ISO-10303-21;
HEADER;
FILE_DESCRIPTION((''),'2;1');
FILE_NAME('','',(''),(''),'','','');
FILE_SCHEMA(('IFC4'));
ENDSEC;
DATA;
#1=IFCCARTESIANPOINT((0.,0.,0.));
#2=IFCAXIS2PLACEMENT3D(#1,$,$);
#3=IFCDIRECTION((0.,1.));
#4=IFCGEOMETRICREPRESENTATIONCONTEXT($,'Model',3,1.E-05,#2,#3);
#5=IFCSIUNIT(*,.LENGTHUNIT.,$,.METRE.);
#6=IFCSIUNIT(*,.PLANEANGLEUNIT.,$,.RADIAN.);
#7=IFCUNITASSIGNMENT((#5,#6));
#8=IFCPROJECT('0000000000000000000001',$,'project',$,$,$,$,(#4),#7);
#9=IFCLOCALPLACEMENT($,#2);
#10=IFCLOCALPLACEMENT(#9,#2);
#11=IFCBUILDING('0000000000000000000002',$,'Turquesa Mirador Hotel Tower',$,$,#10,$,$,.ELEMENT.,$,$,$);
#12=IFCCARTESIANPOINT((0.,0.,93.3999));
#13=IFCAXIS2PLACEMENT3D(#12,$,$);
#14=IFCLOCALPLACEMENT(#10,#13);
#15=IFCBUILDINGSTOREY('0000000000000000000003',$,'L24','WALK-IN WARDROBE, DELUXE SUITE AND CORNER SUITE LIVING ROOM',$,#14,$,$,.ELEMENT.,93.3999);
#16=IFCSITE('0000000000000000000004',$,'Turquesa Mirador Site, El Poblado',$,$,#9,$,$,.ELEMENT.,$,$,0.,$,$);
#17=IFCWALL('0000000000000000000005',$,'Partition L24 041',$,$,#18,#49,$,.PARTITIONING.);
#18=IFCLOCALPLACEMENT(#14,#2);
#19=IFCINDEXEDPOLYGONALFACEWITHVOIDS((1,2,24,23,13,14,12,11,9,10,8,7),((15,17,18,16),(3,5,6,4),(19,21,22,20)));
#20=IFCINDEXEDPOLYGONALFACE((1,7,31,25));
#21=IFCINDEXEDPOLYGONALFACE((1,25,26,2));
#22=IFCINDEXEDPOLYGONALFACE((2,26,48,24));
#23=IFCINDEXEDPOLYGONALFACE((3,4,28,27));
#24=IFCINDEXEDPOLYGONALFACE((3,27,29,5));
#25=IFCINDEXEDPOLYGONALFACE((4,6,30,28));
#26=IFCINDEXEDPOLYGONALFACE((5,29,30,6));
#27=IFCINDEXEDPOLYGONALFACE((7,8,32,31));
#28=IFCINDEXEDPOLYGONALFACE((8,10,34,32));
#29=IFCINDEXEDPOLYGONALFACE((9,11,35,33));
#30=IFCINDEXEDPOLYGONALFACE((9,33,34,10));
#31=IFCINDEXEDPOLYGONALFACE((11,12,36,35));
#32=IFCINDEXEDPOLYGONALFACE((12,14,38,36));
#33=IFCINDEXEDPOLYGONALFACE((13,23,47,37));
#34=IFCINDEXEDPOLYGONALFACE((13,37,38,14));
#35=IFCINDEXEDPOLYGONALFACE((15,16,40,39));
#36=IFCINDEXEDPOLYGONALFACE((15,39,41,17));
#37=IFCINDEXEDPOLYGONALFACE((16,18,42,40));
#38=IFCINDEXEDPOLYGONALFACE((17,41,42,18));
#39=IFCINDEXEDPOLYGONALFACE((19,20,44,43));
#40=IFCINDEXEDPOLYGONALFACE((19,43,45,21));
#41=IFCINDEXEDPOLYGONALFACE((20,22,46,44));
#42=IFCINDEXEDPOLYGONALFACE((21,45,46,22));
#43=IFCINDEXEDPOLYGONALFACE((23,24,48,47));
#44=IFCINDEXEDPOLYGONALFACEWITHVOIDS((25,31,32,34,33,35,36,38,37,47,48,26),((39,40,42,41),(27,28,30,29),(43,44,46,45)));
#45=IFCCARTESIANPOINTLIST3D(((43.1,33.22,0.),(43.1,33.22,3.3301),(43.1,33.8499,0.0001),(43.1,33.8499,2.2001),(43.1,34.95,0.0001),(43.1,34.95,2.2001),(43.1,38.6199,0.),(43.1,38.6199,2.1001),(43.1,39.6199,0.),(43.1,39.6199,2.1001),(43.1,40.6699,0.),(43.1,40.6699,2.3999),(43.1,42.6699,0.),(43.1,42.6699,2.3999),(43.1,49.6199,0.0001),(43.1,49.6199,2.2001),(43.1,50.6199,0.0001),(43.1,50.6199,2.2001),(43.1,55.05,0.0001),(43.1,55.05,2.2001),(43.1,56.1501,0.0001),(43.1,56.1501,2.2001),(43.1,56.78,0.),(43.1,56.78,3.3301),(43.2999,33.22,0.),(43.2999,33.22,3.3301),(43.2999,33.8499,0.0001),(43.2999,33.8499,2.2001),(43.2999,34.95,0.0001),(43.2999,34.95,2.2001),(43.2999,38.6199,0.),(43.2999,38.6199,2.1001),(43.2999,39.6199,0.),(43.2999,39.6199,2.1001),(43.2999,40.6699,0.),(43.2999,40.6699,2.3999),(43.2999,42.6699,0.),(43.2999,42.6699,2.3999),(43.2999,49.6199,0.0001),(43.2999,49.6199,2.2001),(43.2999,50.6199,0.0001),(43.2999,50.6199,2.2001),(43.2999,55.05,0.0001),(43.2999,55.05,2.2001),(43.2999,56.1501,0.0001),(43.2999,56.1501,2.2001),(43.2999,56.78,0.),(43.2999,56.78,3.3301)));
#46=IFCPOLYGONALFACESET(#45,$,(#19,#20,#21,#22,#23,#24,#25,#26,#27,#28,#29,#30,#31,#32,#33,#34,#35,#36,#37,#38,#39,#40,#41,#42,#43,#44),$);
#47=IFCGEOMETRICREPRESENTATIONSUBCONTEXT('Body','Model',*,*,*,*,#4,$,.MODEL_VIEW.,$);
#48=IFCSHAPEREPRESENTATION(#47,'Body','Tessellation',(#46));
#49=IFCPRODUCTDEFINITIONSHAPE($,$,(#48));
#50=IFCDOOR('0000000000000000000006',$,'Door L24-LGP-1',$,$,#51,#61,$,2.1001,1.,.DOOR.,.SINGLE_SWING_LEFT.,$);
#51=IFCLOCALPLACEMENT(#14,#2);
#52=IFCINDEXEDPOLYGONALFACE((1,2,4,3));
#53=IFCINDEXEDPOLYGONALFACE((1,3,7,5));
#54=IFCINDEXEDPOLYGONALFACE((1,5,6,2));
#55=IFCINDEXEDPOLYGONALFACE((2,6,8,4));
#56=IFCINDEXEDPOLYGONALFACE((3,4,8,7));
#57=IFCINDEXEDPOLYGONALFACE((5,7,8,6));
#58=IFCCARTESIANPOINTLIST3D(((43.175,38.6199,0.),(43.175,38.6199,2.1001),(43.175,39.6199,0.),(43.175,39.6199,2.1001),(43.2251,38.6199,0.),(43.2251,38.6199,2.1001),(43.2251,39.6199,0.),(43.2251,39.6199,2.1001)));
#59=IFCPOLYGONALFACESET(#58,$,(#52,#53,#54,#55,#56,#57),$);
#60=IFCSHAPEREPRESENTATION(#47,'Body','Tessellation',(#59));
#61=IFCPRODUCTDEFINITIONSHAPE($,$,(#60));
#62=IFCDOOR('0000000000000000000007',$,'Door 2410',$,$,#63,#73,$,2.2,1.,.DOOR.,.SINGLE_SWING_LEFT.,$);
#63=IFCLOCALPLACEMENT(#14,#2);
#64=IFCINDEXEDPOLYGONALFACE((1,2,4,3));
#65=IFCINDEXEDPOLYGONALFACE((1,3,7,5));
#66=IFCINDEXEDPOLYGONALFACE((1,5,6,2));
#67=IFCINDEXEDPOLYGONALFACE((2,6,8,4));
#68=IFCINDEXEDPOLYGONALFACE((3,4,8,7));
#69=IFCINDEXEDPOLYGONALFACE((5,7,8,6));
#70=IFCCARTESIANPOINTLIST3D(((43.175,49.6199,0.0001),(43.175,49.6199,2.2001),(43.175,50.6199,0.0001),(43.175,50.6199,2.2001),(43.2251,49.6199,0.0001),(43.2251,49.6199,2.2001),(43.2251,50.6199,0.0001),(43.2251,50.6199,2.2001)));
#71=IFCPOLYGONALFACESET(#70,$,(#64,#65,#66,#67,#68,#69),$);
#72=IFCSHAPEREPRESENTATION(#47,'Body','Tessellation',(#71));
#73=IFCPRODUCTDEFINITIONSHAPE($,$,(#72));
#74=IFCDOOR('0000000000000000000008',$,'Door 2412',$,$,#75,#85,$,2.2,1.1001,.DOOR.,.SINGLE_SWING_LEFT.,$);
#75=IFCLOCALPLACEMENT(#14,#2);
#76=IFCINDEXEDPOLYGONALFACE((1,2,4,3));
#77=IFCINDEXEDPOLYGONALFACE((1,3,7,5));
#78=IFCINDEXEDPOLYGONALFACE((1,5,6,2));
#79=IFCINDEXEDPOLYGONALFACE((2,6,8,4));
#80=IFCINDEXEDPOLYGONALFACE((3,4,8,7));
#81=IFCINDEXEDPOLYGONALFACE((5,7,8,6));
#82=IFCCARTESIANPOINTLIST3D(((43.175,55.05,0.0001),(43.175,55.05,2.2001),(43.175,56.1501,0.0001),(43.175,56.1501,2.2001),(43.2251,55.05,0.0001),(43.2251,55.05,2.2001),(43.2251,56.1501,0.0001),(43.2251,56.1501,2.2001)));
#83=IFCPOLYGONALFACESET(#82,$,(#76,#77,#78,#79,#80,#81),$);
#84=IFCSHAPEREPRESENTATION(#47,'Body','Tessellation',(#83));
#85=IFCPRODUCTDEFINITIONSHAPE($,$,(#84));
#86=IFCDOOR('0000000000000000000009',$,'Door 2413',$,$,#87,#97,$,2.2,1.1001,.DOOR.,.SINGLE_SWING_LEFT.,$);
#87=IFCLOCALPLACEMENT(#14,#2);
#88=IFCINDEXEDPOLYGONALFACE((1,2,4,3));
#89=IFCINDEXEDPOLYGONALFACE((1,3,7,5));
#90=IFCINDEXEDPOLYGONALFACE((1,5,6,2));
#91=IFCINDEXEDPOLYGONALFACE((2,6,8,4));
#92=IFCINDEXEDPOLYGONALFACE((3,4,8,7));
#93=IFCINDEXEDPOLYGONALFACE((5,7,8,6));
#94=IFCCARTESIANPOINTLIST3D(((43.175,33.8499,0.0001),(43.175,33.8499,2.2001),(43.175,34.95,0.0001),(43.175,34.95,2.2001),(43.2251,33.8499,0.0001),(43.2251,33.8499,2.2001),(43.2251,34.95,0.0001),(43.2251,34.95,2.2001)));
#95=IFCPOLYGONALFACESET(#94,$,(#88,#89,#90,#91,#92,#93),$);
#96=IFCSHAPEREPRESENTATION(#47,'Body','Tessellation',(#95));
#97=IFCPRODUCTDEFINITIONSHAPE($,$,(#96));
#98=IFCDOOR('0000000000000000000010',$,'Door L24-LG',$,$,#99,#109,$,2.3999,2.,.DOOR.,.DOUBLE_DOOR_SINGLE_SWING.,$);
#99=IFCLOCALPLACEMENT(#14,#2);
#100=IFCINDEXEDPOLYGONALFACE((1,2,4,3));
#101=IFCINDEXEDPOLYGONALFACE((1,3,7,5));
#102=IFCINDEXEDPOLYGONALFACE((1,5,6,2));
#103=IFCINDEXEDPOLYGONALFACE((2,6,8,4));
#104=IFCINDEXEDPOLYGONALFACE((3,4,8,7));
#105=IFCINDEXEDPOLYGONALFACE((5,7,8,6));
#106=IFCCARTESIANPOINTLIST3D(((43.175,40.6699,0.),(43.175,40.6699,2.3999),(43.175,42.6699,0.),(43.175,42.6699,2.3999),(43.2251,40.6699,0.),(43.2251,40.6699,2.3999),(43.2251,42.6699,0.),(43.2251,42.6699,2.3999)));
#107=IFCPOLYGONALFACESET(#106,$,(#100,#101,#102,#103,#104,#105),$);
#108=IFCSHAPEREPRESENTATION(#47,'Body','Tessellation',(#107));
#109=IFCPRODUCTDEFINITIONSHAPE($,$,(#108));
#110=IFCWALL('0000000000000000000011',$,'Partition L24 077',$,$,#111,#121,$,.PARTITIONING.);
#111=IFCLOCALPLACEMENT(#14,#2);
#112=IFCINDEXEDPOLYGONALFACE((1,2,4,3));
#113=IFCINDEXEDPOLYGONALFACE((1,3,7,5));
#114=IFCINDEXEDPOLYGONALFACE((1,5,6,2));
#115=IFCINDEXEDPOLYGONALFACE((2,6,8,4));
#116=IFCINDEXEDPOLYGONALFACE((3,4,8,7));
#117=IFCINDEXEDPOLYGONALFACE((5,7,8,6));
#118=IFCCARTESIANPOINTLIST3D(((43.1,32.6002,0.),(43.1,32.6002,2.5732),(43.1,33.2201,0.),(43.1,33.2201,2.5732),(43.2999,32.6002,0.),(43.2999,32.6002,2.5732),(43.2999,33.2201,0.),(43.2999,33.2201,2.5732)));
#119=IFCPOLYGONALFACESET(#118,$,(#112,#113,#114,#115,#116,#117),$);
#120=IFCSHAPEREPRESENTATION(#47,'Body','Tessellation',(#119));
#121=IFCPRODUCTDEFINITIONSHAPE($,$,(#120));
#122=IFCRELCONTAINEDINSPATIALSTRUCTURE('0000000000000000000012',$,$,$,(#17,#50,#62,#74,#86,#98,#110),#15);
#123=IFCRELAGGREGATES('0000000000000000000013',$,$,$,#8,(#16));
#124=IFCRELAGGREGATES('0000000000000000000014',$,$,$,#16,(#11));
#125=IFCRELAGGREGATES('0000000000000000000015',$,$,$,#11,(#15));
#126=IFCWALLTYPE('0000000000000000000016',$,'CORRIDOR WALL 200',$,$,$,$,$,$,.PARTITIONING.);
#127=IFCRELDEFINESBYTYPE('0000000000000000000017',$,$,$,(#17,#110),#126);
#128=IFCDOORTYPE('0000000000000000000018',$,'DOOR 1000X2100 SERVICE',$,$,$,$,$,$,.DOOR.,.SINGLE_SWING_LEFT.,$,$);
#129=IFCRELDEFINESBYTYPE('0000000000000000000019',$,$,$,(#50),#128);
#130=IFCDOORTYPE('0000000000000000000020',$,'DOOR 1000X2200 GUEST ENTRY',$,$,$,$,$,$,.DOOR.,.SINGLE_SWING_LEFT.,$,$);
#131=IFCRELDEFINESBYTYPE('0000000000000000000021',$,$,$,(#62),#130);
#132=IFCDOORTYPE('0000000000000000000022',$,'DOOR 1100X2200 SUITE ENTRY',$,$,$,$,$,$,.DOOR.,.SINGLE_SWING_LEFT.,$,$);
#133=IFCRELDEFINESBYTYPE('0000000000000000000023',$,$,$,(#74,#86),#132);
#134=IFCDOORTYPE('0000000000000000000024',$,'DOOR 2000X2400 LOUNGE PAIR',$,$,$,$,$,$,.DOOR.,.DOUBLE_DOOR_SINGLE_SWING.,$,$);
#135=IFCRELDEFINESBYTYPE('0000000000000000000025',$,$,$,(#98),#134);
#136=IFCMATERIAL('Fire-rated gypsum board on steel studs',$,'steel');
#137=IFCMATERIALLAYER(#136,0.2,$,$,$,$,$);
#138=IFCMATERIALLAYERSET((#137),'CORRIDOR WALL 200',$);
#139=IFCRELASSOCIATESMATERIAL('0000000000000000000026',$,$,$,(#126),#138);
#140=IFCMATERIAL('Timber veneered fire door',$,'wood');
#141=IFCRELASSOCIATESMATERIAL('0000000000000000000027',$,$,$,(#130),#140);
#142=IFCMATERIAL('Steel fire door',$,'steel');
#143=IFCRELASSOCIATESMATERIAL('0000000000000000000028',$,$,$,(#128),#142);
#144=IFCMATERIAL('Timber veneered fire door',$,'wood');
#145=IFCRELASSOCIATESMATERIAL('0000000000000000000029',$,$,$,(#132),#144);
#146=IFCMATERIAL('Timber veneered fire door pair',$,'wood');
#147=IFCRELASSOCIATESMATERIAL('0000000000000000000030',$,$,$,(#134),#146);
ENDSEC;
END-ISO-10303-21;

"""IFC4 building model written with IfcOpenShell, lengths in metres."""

from ifc_helpers import new_model, si_unit, direction, frame, frame_2d, origin, place, context, subcontext, project, spatial, rectangle, extrude, material, layer, layer_set, type_object, element, fill, save


model = new_model("IFC4")

# Units and contexts
model_context = context("Model", 3, precision=1e-05, world=origin(), true_north=direction((0.0, 1.0)))
body_context = subcontext(model_context, "Body", "Model", "MODEL_VIEW")
ifc_project = project(units=[si_unit("LENGTHUNIT", "METRE"), si_unit("PLANEANGLEUNIT", "RADIAN")], contexts=[model_context])

# Site, building, storey
site_placement = place(None, origin())
site = spatial("IfcSite", under=ifc_project, at=site_placement, Name="Turquesa Mirador Site, El Poblado", CompositionType="ELEMENT", RefElevation=0.0)
building_placement = place(site_placement, origin())
building = spatial("IfcBuilding", under=site, at=building_placement, Name="Turquesa Mirador Hotel Tower", CompositionType="ELEMENT")
storey_placement = place(building_placement, frame((0.0, 0.0, 93.3999)))
storey = spatial("IfcBuildingStorey", under=building, at=storey_placement, Name="L24", Description="WALK-IN WARDROBE, DELUXE SUITE AND CORNER SUITE LIVING ROOM", CompositionType="ELEMENT", Elevation=93.3999)

# Wall, openings, doors
ifc_material_1 = material(Name="Fire-rated gypsum board on steel studs", Category="steel")
ifc_layer_1 = layer(ifc_material_1, 0.2)
ifc_layer_set_1 = layer_set([ifc_layer_1], Name="CORRIDOR WALL 200")
wall_type_1 = type_object("IfcWallType", Name="CORRIDOR WALL 200", PredefinedType="PARTITIONING", material=ifc_layer_set_1)
ifc_material_2 = material(Name="Timber veneered fire door", Category="wood")
door_type_1 = type_object("IfcDoorType", Name="DOOR 1000X2200 GUEST ENTRY", OperationType="SINGLE_SWING_LEFT", PredefinedType="DOOR", material=ifc_material_2)
wall_1_placement = place(storey_placement, frame((43.2, 33.22, 0.0), z_axis=(0.0, 0.0, 1.0), x_axis=(0.0, 1.0, 0.0)))
wall_1 = element("IfcWall", 1, at=wall_1_placement, inside=storey, type_object=wall_type_1, Name="Partition L24 041", PredefinedType="PARTITIONING", context=body_context, shape_type="SweptSolid", body=[
    extrude(rectangle(XDim=23.5601, YDim=0.2, at=frame_2d((11.78, 0.0))), origin(), (0.0, 0.0, 1.0), 3.3301),
])
opening_1_placement = place(wall_1_placement, frame((16.3999, 0.0, 0.0)))
opening_1 = element("IfcOpeningElement", 2, at=opening_1_placement, cuts=wall_1, PredefinedType="OPENING", context=body_context, shape_type="SweptSolid", body=[
    extrude(rectangle(XDim=1.0, YDim=2.2, at=frame_2d((0.5, 1.1001))), frame((0.0, 0.1099, 0.0), z_axis=(0.0, -1.0, 0.0), x_axis=(1.0, 0.0, 0.0)), (0.0, 0.0, 1.0), 0.22),
])
opening_2_placement = place(wall_1_placement, frame((21.8301, 0.0, 0.0)))
opening_2 = element("IfcOpeningElement", 3, at=opening_2_placement, cuts=wall_1, PredefinedType="OPENING", context=body_context, shape_type="SweptSolid", body=[
    extrude(rectangle(XDim=1.1001, YDim=2.2, at=frame_2d((0.55, 1.1001))), frame((0.0, 0.1099, 0.0), z_axis=(0.0, -1.0, 0.0), x_axis=(1.0, 0.0, 0.0)), (0.0, 0.0, 1.0), 0.22),
])
opening_3_placement = place(wall_1_placement, frame((0.6299, 0.0, 0.0)))
opening_3 = element("IfcOpeningElement", 4, at=opening_3_placement, cuts=wall_1, PredefinedType="OPENING", context=body_context, shape_type="SweptSolid", body=[
    extrude(rectangle(XDim=1.1001, YDim=2.2, at=frame_2d((0.55, 1.1001))), frame((0.0, 0.1099, 0.0), z_axis=(0.0, -1.0, 0.0), x_axis=(1.0, 0.0, 0.0)), (0.0, 0.0, 1.0), 0.22),
])
opening_4_placement = place(wall_1_placement, frame((7.45, 0.0, 0.0)))
opening_4 = element("IfcOpeningElement", 5, at=opening_4_placement, cuts=wall_1, PredefinedType="OPENING", context=body_context, shape_type="SweptSolid", body=[
    extrude(rectangle(XDim=2.0, YDim=2.3999, at=frame_2d((1.0, 1.2))), frame((0.0, 0.1099, 0.0), z_axis=(0.0, -1.0, 0.0), x_axis=(1.0, 0.0, 0.0)), (0.0, 0.0, 1.0), 0.22),
])
opening_5_placement = place(wall_1_placement, frame((5.3999, 0.0, 0.0)))
opening_5 = element("IfcOpeningElement", 6, at=opening_5_placement, cuts=wall_1, PredefinedType="OPENING", context=body_context, shape_type="SweptSolid", body=[
    extrude(rectangle(XDim=1.0, YDim=2.1001, at=frame_2d((0.5, 1.05))), frame((0.0, 0.1099, 0.0), z_axis=(0.0, -1.0, 0.0), x_axis=(1.0, 0.0, 0.0)), (0.0, 0.0, 1.0), 0.22),
])
ifc_material_3 = material(Name="Steel fire door", Category="steel")
door_type_2 = type_object("IfcDoorType", Name="DOOR 1000X2100 SERVICE", OperationType="SINGLE_SWING_LEFT", PredefinedType="DOOR", material=ifc_material_3)
door_1_placement = place(opening_5_placement, origin())
door_1 = element("IfcDoor", 7, at=door_1_placement, inside=storey, type_object=door_type_2, Name="Door L24-LGP-1", OperationType="SINGLE_SWING_LEFT", OverallHeight=2.1001, OverallWidth=1.0, PredefinedType="DOOR", context=body_context, shape_type="SweptSolid", body=[
    extrude(rectangle(XDim=1.0, YDim=2.1001, at=frame_2d((0.5, 1.05))), frame((0.0, 0.0249, 0.0), z_axis=(0.0, -1.0, 0.0), x_axis=(1.0, 0.0, 0.0)), (0.0, 0.0, 1.0), 0.05),
])
fill(opening_5, door_1)
door_2_placement = place(opening_1_placement, origin())
door_2 = element("IfcDoor", 8, at=door_2_placement, inside=storey, type_object=door_type_1, Name="Door 2410", OperationType="SINGLE_SWING_LEFT", OverallHeight=2.2, OverallWidth=1.0, PredefinedType="DOOR", context=body_context, shape_type="SweptSolid", body=[
    extrude(rectangle(XDim=1.0, YDim=2.2, at=frame_2d((0.5, 1.1001))), frame((0.0, 0.0249, 0.0), z_axis=(0.0, -1.0, 0.0), x_axis=(1.0, 0.0, 0.0)), (0.0, 0.0, 1.0), 0.05),
])
fill(opening_1, door_2)
ifc_material_4 = material(Name="Timber veneered fire door", Category="wood")
door_type_3 = type_object("IfcDoorType", Name="DOOR 1100X2200 SUITE ENTRY", OperationType="SINGLE_SWING_LEFT", PredefinedType="DOOR", material=ifc_material_4)
door_3_placement = place(opening_2_placement, origin())
door_3 = element("IfcDoor", 9, at=door_3_placement, inside=storey, type_object=door_type_3, Name="Door 2412", OperationType="SINGLE_SWING_LEFT", OverallHeight=2.2, OverallWidth=1.1001, PredefinedType="DOOR", context=body_context, shape_type="SweptSolid", body=[
    extrude(rectangle(XDim=1.1001, YDim=2.2, at=frame_2d((0.55, 1.1001))), frame((0.0, 0.0249, 0.0), z_axis=(0.0, -1.0, 0.0), x_axis=(1.0, 0.0, 0.0)), (0.0, 0.0, 1.0), 0.05),
])
fill(opening_2, door_3)
door_4_placement = place(opening_3_placement, origin())
door_4 = element("IfcDoor", 10, at=door_4_placement, inside=storey, type_object=door_type_3, Name="Door 2413", OperationType="SINGLE_SWING_LEFT", OverallHeight=2.2, OverallWidth=1.1001, PredefinedType="DOOR", context=body_context, shape_type="SweptSolid", body=[
    extrude(rectangle(XDim=1.1001, YDim=2.2, at=frame_2d((0.55, 1.1001))), frame((0.0, 0.0249, 0.0), z_axis=(0.0, -1.0, 0.0), x_axis=(1.0, 0.0, 0.0)), (0.0, 0.0, 1.0), 0.05),
])
fill(opening_3, door_4)
ifc_material_5 = material(Name="Timber veneered fire door pair", Category="wood")
door_type_4 = type_object("IfcDoorType", Name="DOOR 2000X2400 LOUNGE PAIR", OperationType="DOUBLE_DOOR_SINGLE_SWING", PredefinedType="DOOR", material=ifc_material_5)
door_5_placement = place(opening_4_placement, origin())
door_5 = element("IfcDoor", 11, at=door_5_placement, inside=storey, type_object=door_type_4, Name="Door L24-LG", OperationType="DOUBLE_DOOR_SINGLE_SWING", OverallHeight=2.3999, OverallWidth=2.0, PredefinedType="DOOR", context=body_context, shape_type="SweptSolid", body=[
    extrude(rectangle(XDim=2.0, YDim=2.3999, at=frame_2d((1.0, 1.2))), frame((0.0, 0.0249, 0.0), z_axis=(0.0, -1.0, 0.0), x_axis=(1.0, 0.0, 0.0)), (0.0, 0.0, 1.0), 0.05),
])
fill(opening_4, door_5)

# Wall
wall_2_placement = place(storey_placement, frame((43.2, 32.6001, 0.0), z_axis=(0.0, 0.0, 1.0), x_axis=(0.0, 1.0, 0.0)))
element("IfcWall", 12, at=wall_2_placement, inside=storey, type_object=wall_type_1, Name="Partition L24 077", PredefinedType="PARTITIONING", context=body_context, shape_type="SweptSolid", body=[
    extrude(rectangle(XDim=0.6199, YDim=0.2, at=frame_2d((0.3101, 0.0))), origin(), (0.0, 0.0, 1.0), 2.5732),
])

save(model, "model.ifc")
